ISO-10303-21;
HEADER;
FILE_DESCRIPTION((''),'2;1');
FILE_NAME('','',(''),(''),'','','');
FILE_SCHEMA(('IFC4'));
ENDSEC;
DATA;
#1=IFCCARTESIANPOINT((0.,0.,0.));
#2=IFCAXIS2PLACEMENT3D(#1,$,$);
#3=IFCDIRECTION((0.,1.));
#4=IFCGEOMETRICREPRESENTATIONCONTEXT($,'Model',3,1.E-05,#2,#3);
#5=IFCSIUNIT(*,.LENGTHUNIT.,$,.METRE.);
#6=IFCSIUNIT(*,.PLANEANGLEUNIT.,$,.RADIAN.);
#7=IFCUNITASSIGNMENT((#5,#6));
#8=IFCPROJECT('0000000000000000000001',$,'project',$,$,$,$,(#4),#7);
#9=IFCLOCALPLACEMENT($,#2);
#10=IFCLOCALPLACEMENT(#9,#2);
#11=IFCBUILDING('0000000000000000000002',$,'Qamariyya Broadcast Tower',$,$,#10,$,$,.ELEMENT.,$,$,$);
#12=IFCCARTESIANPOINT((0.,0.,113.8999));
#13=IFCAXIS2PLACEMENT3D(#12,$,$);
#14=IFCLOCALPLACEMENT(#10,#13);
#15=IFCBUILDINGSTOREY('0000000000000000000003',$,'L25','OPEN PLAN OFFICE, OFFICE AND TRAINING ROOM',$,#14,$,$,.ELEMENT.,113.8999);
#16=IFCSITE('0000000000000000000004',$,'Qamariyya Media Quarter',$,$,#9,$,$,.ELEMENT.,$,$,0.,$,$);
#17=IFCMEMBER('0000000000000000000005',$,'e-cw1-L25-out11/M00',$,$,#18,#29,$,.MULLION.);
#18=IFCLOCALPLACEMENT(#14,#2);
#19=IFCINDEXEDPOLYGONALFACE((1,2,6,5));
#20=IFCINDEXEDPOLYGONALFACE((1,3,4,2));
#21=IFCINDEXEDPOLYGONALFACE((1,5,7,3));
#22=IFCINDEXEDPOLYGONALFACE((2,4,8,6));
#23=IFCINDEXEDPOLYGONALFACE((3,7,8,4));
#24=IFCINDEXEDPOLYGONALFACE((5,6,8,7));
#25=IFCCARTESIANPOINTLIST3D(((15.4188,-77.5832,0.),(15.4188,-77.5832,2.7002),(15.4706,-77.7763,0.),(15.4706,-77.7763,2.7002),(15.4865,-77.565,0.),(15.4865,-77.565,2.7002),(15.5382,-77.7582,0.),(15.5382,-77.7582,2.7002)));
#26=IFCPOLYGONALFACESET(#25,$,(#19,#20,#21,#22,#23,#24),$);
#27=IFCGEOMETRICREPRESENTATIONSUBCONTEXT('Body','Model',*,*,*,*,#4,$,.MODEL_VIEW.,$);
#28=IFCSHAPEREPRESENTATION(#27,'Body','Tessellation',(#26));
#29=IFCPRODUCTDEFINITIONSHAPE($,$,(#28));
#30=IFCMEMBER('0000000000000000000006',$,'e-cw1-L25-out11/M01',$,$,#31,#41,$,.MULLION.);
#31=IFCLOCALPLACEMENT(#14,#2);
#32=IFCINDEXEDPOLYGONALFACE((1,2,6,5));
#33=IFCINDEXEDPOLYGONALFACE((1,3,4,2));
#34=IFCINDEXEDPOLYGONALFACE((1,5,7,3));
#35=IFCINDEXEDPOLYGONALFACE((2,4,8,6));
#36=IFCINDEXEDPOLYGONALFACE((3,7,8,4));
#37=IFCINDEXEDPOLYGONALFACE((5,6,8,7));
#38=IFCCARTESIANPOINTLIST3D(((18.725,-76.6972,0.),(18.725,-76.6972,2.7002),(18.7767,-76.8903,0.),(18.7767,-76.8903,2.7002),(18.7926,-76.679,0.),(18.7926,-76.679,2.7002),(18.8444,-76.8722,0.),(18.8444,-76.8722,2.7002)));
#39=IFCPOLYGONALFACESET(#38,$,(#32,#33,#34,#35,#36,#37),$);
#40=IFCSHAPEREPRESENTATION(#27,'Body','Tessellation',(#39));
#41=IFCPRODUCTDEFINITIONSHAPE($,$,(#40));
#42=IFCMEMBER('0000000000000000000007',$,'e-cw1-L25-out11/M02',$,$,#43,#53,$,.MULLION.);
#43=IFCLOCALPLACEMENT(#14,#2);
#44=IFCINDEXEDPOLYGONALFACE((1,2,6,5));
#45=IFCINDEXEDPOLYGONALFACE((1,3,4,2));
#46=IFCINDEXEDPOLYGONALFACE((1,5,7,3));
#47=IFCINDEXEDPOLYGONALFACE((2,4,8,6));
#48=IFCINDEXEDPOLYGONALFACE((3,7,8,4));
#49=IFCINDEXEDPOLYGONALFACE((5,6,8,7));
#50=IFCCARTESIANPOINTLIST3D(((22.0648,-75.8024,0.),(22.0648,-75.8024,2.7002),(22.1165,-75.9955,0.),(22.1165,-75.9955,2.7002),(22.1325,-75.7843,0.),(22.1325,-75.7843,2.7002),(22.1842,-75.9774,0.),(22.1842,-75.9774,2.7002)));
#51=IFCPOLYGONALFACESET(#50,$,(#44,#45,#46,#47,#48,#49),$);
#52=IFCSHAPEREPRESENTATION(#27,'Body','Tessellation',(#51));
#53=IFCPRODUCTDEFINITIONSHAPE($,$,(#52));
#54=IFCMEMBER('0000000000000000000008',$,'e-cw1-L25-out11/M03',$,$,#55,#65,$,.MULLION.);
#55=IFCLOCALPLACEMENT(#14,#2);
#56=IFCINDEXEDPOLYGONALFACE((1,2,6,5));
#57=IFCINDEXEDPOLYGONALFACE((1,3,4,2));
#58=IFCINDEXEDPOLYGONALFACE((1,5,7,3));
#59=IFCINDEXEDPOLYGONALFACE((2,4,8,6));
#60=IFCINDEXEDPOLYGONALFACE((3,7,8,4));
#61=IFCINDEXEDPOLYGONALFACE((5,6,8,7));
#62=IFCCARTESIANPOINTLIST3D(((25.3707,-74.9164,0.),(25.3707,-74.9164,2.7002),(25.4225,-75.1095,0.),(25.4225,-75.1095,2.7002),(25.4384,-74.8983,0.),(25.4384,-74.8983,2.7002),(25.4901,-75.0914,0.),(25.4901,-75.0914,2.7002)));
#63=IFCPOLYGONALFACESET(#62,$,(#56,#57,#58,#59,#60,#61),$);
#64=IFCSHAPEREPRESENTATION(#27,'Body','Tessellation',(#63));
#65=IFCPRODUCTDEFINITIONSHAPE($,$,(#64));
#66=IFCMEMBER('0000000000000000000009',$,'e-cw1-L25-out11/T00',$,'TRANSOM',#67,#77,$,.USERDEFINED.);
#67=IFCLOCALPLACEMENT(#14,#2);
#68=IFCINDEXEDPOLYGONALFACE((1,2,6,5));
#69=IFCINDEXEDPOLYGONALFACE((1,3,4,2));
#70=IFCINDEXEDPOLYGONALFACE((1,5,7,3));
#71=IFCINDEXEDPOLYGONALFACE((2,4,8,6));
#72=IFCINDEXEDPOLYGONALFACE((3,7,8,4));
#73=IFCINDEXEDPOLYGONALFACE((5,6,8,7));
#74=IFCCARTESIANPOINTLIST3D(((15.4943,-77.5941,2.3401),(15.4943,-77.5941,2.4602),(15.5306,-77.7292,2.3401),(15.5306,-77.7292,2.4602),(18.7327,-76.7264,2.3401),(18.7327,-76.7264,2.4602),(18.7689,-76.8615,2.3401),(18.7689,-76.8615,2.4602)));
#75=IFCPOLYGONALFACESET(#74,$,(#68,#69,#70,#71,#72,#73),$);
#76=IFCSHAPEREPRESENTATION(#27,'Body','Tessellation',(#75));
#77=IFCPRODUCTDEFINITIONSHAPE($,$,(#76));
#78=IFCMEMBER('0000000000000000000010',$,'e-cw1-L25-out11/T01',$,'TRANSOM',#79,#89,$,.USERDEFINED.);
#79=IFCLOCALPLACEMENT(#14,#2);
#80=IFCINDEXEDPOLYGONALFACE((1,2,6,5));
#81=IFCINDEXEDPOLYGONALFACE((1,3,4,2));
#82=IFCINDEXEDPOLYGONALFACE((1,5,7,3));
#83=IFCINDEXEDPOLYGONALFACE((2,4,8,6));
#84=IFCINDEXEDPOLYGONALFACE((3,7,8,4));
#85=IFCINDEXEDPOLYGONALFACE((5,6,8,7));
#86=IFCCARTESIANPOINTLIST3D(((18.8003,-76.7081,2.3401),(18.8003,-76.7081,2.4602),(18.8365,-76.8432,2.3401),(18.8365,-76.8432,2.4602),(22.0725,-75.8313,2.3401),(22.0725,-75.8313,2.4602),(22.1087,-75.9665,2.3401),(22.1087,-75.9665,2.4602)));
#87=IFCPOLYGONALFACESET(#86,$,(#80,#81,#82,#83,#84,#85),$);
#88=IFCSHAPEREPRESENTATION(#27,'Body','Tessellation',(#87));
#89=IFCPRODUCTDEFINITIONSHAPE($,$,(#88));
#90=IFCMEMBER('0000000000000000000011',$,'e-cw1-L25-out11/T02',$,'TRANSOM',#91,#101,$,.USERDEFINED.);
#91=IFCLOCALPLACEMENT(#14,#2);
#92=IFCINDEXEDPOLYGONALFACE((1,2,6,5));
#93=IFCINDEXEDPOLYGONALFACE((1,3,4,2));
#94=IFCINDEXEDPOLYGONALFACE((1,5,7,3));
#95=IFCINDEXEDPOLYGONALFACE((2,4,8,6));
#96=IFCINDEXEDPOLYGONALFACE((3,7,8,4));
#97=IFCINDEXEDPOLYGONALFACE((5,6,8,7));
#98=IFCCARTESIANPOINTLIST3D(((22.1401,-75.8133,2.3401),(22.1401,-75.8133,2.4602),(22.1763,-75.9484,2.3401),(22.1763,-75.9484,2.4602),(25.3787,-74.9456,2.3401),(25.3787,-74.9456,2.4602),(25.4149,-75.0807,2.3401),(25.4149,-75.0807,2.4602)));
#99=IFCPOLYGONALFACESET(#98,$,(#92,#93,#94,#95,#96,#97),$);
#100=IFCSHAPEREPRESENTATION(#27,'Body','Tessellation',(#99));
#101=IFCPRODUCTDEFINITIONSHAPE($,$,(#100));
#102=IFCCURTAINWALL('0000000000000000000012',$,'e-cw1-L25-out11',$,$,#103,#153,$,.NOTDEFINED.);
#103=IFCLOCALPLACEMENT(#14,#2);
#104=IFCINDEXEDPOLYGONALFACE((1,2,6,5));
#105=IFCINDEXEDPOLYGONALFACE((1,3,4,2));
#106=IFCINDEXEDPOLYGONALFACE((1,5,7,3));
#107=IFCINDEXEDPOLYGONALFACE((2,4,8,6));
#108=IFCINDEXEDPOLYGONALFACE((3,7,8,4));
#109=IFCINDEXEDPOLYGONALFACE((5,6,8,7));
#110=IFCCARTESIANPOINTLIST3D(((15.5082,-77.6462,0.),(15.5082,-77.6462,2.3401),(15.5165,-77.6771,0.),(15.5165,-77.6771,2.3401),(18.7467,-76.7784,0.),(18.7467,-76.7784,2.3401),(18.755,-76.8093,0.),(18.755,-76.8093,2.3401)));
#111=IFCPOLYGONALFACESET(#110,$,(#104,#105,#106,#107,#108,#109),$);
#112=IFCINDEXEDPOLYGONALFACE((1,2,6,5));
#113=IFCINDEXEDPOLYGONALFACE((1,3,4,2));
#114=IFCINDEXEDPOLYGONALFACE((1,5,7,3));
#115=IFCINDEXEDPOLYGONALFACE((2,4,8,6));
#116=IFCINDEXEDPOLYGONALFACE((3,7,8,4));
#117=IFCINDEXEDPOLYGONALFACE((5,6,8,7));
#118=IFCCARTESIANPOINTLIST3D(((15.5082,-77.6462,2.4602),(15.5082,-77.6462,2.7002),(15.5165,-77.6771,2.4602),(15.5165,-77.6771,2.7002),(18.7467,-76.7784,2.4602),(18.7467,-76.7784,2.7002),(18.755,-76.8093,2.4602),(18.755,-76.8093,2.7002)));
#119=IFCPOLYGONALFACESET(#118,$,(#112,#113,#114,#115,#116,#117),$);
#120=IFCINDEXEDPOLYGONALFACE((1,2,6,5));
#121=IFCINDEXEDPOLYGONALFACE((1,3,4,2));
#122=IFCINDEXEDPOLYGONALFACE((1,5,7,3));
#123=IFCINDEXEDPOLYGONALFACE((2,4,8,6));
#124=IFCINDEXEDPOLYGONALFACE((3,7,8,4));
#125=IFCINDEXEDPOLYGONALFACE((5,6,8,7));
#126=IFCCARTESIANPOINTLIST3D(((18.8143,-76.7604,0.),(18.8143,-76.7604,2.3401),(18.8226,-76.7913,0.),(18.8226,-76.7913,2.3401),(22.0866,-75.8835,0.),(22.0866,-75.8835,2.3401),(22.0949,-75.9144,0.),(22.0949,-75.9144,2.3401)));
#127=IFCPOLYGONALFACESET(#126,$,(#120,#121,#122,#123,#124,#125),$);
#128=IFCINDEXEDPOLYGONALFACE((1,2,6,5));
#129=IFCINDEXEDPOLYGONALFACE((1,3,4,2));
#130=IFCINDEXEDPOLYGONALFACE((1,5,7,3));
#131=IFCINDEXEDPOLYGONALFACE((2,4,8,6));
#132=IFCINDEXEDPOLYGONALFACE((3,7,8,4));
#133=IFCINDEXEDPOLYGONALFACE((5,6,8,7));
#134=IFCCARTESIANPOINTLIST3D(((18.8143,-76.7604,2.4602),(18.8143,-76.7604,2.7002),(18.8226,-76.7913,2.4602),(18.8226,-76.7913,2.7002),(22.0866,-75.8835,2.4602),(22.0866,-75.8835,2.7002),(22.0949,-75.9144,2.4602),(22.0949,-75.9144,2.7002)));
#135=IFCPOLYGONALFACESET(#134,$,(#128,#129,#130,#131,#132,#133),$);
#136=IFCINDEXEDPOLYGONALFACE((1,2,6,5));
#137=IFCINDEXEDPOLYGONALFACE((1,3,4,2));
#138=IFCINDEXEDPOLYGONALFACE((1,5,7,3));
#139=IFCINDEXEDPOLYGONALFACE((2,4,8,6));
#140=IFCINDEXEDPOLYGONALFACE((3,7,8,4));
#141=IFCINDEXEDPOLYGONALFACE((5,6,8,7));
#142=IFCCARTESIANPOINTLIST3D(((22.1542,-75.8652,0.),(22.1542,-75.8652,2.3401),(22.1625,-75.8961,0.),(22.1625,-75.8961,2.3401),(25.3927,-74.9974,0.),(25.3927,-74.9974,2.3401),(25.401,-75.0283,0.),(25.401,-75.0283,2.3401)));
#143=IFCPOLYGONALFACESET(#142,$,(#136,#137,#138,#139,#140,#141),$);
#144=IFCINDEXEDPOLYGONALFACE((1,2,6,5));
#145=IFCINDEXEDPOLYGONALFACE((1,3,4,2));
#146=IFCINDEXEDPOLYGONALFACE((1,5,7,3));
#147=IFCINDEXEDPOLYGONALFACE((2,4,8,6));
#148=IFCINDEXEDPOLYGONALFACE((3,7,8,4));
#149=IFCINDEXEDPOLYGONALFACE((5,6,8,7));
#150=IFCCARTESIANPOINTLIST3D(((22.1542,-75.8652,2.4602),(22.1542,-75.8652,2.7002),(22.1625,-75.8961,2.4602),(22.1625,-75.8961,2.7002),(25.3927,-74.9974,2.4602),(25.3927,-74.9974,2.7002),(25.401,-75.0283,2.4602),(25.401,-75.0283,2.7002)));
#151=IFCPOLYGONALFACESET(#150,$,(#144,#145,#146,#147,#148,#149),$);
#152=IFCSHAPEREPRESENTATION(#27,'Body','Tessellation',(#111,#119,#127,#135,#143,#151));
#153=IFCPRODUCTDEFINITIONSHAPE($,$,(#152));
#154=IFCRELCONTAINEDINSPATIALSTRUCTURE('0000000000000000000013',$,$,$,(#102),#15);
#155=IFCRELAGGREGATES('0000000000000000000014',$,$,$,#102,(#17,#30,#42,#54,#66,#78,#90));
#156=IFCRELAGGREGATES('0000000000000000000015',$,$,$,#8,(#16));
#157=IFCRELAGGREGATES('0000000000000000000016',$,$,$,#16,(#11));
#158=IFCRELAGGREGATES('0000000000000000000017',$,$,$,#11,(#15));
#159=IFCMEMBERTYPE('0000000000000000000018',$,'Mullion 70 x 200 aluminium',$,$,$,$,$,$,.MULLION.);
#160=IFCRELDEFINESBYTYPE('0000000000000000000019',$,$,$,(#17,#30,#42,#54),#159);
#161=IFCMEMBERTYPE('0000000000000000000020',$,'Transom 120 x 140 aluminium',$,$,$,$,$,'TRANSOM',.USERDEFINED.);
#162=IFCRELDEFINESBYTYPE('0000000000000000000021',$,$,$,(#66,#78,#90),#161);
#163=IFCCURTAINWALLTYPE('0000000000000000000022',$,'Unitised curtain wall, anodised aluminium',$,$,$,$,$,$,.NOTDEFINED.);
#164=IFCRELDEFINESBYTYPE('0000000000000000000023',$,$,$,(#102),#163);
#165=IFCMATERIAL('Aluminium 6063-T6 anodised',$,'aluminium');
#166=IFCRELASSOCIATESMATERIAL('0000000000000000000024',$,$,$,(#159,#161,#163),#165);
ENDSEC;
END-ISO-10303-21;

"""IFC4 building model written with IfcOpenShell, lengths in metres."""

from ifc_helpers import new_model, si_unit, direction, frame, origin, origin_2d, place, context, subcontext, project, spatial, rectangle, extrude, material, material_profile, profile_set, type_object, element, aggregate, save


model = new_model("IFC4")

# Units and contexts
model_context = context("Model", 3, precision=1e-05, world=origin(), true_north=direction((0.0, 1.0)))
body_context = subcontext(model_context, "Body", "Model", "MODEL_VIEW")
ifc_project = project(units=[si_unit("LENGTHUNIT", "METRE"), si_unit("PLANEANGLEUNIT", "RADIAN")], contexts=[model_context])

# Members
ifc_material = material(Name="Aluminium 6063-T6 anodised", Category="aluminium")
ifc_material_profile_1 = material_profile(ifc_material, rectangle(XDim=0.2, YDim=0.0701, at=origin_2d()))
ifc_profile_set_1 = profile_set([ifc_material_profile_1], Name="Aluminium 6063-T6 anodised")
member_type_1 = type_object("IfcMemberType", Name="Mullion 70 x 200 aluminium", PredefinedType="MULLION", material=ifc_profile_set_1)
site_placement = place(None, origin())
building_placement = place(site_placement, origin())
storey_placement = place(building_placement, frame((0.0, 0.0, 113.8999)))
member_1_placement = place(storey_placement, frame((15.4785, -77.6707, 0.0), z_axis=(0.0, 0.0, 1.0), x_axis=(-0.258819, 0.965926, 0.0)))
member_1 = element("IfcMember", 1, at=member_1_placement, type_object=member_type_1, Name="e-cw1-L25-out11/M00", PredefinedType="MULLION", context=body_context, shape_type="SweptSolid", body=[
    extrude(rectangle(XDim=0.2, YDim=0.0701, at=origin_2d()), origin(), (0.0, 0.0, 1.0), 2.7002),
])
member_2_placement = place(storey_placement, frame((18.7847, -76.7847, 0.0), z_axis=(0.0, 0.0, 1.0), x_axis=(-0.258819, 0.965926, 0.0)))
member_2 = element("IfcMember", 2, at=member_2_placement, type_object=member_type_1, Name="e-cw1-L25-out11/M01", PredefinedType="MULLION", context=body_context, shape_type="SweptSolid", body=[
    extrude(rectangle(XDim=0.2, YDim=0.0701, at=origin_2d()), origin(), (0.0, 0.0, 1.0), 2.7002),
])
member_3_placement = place(storey_placement, frame((22.1245, -75.8899, 0.0), z_axis=(0.0, 0.0, 1.0), x_axis=(-0.258819, 0.965926, 0.0)))
member_3 = element("IfcMember", 3, at=member_3_placement, type_object=member_type_1, Name="e-cw1-L25-out11/M02", PredefinedType="MULLION", context=body_context, shape_type="SweptSolid", body=[
    extrude(rectangle(XDim=0.2, YDim=0.0701, at=origin_2d()), origin(), (0.0, 0.0, 1.0), 2.7002),
])
member_4_placement = place(storey_placement, frame((25.4304, -75.0039, 0.0), z_axis=(0.0, 0.0, 1.0), x_axis=(-0.258819, 0.965926, 0.0)))
member_4 = element("IfcMember", 4, at=member_4_placement, type_object=member_type_1, Name="e-cw1-L25-out11/M03", PredefinedType="MULLION", context=body_context, shape_type="SweptSolid", body=[
    extrude(rectangle(XDim=0.2, YDim=0.0701, at=origin_2d()), origin(), (0.0, 0.0, 1.0), 2.7002),
])
ifc_material_profile_2 = material_profile(ifc_material, rectangle(XDim=0.1399, YDim=0.1201, at=origin_2d()))
ifc_profile_set_2 = profile_set([ifc_material_profile_2], Name="Aluminium 6063-T6 anodised")
member_type_2 = type_object("IfcMemberType", Name="Transom 120 x 140 aluminium", ElementType="TRANSOM", PredefinedType="USERDEFINED", material=ifc_profile_set_2)
member_5_placement = place(storey_placement, frame((15.5125, -77.6616, 2.4001), z_axis=(0.965927, 0.258814, 0.0), x_axis=(-0.258814, 0.965927, 0.0)))
member_5 = element("IfcMember", 5, at=member_5_placement, type_object=member_type_2, Name="e-cw1-L25-out11/T00", ObjectType="TRANSOM", PredefinedType="USERDEFINED", context=body_context, shape_type="SweptSolid", body=[
    extrude(rectangle(XDim=0.1399, YDim=0.1201, at=origin_2d()), origin(), (0.0, 0.0, 1.0), 3.3525),
])
member_6_placement = place(storey_placement, frame((18.8184, -76.7756, 2.4001), z_axis=(0.965932, 0.258797, 0.0), x_axis=(-0.258797, 0.965932, 0.0)))
member_6 = element("IfcMember", 6, at=member_6_placement, type_object=member_type_2, Name="e-cw1-L25-out11/T01", ObjectType="TRANSOM", PredefinedType="USERDEFINED", context=body_context, shape_type="SweptSolid", body=[
    extrude(rectangle(XDim=0.1399, YDim=0.1201, at=origin_2d()), origin(), (0.0, 0.0, 1.0), 3.3877),
])
member_7_placement = place(storey_placement, frame((22.1582, -75.8809, 2.4001), z_axis=(0.965932, 0.258796, 0.0), x_axis=(-0.258796, 0.965932, 0.0)))
member_7 = element("IfcMember", 7, at=member_7_placement, type_object=member_type_2, Name="e-cw1-L25-out11/T02", ObjectType="TRANSOM", PredefinedType="USERDEFINED", context=body_context, shape_type="SweptSolid", body=[
    extrude(rectangle(XDim=0.1399, YDim=0.1201, at=origin_2d()), origin(), (0.0, 0.0, 1.0), 3.3528),
])

# Site, building, storey
site = spatial("IfcSite", under=ifc_project, at=site_placement, Name="Qamariyya Media Quarter", CompositionType="ELEMENT", RefElevation=0.0)
building = spatial("IfcBuilding", under=site, at=building_placement, Name="Qamariyya Broadcast Tower", CompositionType="ELEMENT")
storey = spatial("IfcBuildingStorey", under=building, at=storey_placement, Name="L25", Description="OPEN PLAN OFFICE, OFFICE AND TRAINING ROOM", CompositionType="ELEMENT", Elevation=113.8999)

# Curtain wall
curtain_wall_type = type_object("IfcCurtainWallType", Name="Unitised curtain wall, anodised aluminium", PredefinedType="NOTDEFINED", material=ifc_material)
curtain_wall_1_placement = place(storey_placement, origin())
curtain_wall_1 = element("IfcCurtainWall", 8, at=curtain_wall_1_placement, inside=storey, type_object=curtain_wall_type, Name="e-cw1-L25-out11", PredefinedType="NOTDEFINED", context=body_context, shape_type="SweptSolid", body=[
    extrude(rectangle(XDim=3.3528, YDim=0.032, at=origin_2d()), frame((17.1316, -77.2278, 0.0), x_axis=(0.965924, 0.258827, 0.0)), (0.0, 0.0, 1.0), 2.3401),
    extrude(rectangle(XDim=3.3528, YDim=0.032, at=origin_2d()), frame((17.1316, -77.2278, 2.4602), x_axis=(0.965924, 0.258827, 0.0)), (0.0, 0.0, 1.0), 0.24),
    extrude(rectangle(XDim=3.3877, YDim=0.032, at=origin_2d()), frame((20.4546, -76.3374, 0.0), x_axis=(0.965924, 0.258827, 0.0)), (0.0, 0.0, 1.0), 2.3401),
    extrude(rectangle(XDim=3.3877, YDim=0.032, at=origin_2d()), frame((20.4546, -76.3374, 2.4602), x_axis=(0.965924, 0.258827, 0.0)), (0.0, 0.0, 1.0), 0.24),
    extrude(rectangle(XDim=3.3528, YDim=0.032, at=origin_2d()), frame((23.7776, -75.4468, 0.0), x_axis=(0.965924, 0.258827, 0.0)), (0.0, 0.0, 1.0), 2.3401),
    extrude(rectangle(XDim=3.3528, YDim=0.032, at=origin_2d()), frame((23.7776, -75.4468, 2.4602), x_axis=(0.965924, 0.258827, 0.0)), (0.0, 0.0, 1.0), 0.24),
])
aggregate(curtain_wall_1, [member_1, member_2, member_3, member_4, member_5, member_6, member_7])

save(model, "model.ifc")
